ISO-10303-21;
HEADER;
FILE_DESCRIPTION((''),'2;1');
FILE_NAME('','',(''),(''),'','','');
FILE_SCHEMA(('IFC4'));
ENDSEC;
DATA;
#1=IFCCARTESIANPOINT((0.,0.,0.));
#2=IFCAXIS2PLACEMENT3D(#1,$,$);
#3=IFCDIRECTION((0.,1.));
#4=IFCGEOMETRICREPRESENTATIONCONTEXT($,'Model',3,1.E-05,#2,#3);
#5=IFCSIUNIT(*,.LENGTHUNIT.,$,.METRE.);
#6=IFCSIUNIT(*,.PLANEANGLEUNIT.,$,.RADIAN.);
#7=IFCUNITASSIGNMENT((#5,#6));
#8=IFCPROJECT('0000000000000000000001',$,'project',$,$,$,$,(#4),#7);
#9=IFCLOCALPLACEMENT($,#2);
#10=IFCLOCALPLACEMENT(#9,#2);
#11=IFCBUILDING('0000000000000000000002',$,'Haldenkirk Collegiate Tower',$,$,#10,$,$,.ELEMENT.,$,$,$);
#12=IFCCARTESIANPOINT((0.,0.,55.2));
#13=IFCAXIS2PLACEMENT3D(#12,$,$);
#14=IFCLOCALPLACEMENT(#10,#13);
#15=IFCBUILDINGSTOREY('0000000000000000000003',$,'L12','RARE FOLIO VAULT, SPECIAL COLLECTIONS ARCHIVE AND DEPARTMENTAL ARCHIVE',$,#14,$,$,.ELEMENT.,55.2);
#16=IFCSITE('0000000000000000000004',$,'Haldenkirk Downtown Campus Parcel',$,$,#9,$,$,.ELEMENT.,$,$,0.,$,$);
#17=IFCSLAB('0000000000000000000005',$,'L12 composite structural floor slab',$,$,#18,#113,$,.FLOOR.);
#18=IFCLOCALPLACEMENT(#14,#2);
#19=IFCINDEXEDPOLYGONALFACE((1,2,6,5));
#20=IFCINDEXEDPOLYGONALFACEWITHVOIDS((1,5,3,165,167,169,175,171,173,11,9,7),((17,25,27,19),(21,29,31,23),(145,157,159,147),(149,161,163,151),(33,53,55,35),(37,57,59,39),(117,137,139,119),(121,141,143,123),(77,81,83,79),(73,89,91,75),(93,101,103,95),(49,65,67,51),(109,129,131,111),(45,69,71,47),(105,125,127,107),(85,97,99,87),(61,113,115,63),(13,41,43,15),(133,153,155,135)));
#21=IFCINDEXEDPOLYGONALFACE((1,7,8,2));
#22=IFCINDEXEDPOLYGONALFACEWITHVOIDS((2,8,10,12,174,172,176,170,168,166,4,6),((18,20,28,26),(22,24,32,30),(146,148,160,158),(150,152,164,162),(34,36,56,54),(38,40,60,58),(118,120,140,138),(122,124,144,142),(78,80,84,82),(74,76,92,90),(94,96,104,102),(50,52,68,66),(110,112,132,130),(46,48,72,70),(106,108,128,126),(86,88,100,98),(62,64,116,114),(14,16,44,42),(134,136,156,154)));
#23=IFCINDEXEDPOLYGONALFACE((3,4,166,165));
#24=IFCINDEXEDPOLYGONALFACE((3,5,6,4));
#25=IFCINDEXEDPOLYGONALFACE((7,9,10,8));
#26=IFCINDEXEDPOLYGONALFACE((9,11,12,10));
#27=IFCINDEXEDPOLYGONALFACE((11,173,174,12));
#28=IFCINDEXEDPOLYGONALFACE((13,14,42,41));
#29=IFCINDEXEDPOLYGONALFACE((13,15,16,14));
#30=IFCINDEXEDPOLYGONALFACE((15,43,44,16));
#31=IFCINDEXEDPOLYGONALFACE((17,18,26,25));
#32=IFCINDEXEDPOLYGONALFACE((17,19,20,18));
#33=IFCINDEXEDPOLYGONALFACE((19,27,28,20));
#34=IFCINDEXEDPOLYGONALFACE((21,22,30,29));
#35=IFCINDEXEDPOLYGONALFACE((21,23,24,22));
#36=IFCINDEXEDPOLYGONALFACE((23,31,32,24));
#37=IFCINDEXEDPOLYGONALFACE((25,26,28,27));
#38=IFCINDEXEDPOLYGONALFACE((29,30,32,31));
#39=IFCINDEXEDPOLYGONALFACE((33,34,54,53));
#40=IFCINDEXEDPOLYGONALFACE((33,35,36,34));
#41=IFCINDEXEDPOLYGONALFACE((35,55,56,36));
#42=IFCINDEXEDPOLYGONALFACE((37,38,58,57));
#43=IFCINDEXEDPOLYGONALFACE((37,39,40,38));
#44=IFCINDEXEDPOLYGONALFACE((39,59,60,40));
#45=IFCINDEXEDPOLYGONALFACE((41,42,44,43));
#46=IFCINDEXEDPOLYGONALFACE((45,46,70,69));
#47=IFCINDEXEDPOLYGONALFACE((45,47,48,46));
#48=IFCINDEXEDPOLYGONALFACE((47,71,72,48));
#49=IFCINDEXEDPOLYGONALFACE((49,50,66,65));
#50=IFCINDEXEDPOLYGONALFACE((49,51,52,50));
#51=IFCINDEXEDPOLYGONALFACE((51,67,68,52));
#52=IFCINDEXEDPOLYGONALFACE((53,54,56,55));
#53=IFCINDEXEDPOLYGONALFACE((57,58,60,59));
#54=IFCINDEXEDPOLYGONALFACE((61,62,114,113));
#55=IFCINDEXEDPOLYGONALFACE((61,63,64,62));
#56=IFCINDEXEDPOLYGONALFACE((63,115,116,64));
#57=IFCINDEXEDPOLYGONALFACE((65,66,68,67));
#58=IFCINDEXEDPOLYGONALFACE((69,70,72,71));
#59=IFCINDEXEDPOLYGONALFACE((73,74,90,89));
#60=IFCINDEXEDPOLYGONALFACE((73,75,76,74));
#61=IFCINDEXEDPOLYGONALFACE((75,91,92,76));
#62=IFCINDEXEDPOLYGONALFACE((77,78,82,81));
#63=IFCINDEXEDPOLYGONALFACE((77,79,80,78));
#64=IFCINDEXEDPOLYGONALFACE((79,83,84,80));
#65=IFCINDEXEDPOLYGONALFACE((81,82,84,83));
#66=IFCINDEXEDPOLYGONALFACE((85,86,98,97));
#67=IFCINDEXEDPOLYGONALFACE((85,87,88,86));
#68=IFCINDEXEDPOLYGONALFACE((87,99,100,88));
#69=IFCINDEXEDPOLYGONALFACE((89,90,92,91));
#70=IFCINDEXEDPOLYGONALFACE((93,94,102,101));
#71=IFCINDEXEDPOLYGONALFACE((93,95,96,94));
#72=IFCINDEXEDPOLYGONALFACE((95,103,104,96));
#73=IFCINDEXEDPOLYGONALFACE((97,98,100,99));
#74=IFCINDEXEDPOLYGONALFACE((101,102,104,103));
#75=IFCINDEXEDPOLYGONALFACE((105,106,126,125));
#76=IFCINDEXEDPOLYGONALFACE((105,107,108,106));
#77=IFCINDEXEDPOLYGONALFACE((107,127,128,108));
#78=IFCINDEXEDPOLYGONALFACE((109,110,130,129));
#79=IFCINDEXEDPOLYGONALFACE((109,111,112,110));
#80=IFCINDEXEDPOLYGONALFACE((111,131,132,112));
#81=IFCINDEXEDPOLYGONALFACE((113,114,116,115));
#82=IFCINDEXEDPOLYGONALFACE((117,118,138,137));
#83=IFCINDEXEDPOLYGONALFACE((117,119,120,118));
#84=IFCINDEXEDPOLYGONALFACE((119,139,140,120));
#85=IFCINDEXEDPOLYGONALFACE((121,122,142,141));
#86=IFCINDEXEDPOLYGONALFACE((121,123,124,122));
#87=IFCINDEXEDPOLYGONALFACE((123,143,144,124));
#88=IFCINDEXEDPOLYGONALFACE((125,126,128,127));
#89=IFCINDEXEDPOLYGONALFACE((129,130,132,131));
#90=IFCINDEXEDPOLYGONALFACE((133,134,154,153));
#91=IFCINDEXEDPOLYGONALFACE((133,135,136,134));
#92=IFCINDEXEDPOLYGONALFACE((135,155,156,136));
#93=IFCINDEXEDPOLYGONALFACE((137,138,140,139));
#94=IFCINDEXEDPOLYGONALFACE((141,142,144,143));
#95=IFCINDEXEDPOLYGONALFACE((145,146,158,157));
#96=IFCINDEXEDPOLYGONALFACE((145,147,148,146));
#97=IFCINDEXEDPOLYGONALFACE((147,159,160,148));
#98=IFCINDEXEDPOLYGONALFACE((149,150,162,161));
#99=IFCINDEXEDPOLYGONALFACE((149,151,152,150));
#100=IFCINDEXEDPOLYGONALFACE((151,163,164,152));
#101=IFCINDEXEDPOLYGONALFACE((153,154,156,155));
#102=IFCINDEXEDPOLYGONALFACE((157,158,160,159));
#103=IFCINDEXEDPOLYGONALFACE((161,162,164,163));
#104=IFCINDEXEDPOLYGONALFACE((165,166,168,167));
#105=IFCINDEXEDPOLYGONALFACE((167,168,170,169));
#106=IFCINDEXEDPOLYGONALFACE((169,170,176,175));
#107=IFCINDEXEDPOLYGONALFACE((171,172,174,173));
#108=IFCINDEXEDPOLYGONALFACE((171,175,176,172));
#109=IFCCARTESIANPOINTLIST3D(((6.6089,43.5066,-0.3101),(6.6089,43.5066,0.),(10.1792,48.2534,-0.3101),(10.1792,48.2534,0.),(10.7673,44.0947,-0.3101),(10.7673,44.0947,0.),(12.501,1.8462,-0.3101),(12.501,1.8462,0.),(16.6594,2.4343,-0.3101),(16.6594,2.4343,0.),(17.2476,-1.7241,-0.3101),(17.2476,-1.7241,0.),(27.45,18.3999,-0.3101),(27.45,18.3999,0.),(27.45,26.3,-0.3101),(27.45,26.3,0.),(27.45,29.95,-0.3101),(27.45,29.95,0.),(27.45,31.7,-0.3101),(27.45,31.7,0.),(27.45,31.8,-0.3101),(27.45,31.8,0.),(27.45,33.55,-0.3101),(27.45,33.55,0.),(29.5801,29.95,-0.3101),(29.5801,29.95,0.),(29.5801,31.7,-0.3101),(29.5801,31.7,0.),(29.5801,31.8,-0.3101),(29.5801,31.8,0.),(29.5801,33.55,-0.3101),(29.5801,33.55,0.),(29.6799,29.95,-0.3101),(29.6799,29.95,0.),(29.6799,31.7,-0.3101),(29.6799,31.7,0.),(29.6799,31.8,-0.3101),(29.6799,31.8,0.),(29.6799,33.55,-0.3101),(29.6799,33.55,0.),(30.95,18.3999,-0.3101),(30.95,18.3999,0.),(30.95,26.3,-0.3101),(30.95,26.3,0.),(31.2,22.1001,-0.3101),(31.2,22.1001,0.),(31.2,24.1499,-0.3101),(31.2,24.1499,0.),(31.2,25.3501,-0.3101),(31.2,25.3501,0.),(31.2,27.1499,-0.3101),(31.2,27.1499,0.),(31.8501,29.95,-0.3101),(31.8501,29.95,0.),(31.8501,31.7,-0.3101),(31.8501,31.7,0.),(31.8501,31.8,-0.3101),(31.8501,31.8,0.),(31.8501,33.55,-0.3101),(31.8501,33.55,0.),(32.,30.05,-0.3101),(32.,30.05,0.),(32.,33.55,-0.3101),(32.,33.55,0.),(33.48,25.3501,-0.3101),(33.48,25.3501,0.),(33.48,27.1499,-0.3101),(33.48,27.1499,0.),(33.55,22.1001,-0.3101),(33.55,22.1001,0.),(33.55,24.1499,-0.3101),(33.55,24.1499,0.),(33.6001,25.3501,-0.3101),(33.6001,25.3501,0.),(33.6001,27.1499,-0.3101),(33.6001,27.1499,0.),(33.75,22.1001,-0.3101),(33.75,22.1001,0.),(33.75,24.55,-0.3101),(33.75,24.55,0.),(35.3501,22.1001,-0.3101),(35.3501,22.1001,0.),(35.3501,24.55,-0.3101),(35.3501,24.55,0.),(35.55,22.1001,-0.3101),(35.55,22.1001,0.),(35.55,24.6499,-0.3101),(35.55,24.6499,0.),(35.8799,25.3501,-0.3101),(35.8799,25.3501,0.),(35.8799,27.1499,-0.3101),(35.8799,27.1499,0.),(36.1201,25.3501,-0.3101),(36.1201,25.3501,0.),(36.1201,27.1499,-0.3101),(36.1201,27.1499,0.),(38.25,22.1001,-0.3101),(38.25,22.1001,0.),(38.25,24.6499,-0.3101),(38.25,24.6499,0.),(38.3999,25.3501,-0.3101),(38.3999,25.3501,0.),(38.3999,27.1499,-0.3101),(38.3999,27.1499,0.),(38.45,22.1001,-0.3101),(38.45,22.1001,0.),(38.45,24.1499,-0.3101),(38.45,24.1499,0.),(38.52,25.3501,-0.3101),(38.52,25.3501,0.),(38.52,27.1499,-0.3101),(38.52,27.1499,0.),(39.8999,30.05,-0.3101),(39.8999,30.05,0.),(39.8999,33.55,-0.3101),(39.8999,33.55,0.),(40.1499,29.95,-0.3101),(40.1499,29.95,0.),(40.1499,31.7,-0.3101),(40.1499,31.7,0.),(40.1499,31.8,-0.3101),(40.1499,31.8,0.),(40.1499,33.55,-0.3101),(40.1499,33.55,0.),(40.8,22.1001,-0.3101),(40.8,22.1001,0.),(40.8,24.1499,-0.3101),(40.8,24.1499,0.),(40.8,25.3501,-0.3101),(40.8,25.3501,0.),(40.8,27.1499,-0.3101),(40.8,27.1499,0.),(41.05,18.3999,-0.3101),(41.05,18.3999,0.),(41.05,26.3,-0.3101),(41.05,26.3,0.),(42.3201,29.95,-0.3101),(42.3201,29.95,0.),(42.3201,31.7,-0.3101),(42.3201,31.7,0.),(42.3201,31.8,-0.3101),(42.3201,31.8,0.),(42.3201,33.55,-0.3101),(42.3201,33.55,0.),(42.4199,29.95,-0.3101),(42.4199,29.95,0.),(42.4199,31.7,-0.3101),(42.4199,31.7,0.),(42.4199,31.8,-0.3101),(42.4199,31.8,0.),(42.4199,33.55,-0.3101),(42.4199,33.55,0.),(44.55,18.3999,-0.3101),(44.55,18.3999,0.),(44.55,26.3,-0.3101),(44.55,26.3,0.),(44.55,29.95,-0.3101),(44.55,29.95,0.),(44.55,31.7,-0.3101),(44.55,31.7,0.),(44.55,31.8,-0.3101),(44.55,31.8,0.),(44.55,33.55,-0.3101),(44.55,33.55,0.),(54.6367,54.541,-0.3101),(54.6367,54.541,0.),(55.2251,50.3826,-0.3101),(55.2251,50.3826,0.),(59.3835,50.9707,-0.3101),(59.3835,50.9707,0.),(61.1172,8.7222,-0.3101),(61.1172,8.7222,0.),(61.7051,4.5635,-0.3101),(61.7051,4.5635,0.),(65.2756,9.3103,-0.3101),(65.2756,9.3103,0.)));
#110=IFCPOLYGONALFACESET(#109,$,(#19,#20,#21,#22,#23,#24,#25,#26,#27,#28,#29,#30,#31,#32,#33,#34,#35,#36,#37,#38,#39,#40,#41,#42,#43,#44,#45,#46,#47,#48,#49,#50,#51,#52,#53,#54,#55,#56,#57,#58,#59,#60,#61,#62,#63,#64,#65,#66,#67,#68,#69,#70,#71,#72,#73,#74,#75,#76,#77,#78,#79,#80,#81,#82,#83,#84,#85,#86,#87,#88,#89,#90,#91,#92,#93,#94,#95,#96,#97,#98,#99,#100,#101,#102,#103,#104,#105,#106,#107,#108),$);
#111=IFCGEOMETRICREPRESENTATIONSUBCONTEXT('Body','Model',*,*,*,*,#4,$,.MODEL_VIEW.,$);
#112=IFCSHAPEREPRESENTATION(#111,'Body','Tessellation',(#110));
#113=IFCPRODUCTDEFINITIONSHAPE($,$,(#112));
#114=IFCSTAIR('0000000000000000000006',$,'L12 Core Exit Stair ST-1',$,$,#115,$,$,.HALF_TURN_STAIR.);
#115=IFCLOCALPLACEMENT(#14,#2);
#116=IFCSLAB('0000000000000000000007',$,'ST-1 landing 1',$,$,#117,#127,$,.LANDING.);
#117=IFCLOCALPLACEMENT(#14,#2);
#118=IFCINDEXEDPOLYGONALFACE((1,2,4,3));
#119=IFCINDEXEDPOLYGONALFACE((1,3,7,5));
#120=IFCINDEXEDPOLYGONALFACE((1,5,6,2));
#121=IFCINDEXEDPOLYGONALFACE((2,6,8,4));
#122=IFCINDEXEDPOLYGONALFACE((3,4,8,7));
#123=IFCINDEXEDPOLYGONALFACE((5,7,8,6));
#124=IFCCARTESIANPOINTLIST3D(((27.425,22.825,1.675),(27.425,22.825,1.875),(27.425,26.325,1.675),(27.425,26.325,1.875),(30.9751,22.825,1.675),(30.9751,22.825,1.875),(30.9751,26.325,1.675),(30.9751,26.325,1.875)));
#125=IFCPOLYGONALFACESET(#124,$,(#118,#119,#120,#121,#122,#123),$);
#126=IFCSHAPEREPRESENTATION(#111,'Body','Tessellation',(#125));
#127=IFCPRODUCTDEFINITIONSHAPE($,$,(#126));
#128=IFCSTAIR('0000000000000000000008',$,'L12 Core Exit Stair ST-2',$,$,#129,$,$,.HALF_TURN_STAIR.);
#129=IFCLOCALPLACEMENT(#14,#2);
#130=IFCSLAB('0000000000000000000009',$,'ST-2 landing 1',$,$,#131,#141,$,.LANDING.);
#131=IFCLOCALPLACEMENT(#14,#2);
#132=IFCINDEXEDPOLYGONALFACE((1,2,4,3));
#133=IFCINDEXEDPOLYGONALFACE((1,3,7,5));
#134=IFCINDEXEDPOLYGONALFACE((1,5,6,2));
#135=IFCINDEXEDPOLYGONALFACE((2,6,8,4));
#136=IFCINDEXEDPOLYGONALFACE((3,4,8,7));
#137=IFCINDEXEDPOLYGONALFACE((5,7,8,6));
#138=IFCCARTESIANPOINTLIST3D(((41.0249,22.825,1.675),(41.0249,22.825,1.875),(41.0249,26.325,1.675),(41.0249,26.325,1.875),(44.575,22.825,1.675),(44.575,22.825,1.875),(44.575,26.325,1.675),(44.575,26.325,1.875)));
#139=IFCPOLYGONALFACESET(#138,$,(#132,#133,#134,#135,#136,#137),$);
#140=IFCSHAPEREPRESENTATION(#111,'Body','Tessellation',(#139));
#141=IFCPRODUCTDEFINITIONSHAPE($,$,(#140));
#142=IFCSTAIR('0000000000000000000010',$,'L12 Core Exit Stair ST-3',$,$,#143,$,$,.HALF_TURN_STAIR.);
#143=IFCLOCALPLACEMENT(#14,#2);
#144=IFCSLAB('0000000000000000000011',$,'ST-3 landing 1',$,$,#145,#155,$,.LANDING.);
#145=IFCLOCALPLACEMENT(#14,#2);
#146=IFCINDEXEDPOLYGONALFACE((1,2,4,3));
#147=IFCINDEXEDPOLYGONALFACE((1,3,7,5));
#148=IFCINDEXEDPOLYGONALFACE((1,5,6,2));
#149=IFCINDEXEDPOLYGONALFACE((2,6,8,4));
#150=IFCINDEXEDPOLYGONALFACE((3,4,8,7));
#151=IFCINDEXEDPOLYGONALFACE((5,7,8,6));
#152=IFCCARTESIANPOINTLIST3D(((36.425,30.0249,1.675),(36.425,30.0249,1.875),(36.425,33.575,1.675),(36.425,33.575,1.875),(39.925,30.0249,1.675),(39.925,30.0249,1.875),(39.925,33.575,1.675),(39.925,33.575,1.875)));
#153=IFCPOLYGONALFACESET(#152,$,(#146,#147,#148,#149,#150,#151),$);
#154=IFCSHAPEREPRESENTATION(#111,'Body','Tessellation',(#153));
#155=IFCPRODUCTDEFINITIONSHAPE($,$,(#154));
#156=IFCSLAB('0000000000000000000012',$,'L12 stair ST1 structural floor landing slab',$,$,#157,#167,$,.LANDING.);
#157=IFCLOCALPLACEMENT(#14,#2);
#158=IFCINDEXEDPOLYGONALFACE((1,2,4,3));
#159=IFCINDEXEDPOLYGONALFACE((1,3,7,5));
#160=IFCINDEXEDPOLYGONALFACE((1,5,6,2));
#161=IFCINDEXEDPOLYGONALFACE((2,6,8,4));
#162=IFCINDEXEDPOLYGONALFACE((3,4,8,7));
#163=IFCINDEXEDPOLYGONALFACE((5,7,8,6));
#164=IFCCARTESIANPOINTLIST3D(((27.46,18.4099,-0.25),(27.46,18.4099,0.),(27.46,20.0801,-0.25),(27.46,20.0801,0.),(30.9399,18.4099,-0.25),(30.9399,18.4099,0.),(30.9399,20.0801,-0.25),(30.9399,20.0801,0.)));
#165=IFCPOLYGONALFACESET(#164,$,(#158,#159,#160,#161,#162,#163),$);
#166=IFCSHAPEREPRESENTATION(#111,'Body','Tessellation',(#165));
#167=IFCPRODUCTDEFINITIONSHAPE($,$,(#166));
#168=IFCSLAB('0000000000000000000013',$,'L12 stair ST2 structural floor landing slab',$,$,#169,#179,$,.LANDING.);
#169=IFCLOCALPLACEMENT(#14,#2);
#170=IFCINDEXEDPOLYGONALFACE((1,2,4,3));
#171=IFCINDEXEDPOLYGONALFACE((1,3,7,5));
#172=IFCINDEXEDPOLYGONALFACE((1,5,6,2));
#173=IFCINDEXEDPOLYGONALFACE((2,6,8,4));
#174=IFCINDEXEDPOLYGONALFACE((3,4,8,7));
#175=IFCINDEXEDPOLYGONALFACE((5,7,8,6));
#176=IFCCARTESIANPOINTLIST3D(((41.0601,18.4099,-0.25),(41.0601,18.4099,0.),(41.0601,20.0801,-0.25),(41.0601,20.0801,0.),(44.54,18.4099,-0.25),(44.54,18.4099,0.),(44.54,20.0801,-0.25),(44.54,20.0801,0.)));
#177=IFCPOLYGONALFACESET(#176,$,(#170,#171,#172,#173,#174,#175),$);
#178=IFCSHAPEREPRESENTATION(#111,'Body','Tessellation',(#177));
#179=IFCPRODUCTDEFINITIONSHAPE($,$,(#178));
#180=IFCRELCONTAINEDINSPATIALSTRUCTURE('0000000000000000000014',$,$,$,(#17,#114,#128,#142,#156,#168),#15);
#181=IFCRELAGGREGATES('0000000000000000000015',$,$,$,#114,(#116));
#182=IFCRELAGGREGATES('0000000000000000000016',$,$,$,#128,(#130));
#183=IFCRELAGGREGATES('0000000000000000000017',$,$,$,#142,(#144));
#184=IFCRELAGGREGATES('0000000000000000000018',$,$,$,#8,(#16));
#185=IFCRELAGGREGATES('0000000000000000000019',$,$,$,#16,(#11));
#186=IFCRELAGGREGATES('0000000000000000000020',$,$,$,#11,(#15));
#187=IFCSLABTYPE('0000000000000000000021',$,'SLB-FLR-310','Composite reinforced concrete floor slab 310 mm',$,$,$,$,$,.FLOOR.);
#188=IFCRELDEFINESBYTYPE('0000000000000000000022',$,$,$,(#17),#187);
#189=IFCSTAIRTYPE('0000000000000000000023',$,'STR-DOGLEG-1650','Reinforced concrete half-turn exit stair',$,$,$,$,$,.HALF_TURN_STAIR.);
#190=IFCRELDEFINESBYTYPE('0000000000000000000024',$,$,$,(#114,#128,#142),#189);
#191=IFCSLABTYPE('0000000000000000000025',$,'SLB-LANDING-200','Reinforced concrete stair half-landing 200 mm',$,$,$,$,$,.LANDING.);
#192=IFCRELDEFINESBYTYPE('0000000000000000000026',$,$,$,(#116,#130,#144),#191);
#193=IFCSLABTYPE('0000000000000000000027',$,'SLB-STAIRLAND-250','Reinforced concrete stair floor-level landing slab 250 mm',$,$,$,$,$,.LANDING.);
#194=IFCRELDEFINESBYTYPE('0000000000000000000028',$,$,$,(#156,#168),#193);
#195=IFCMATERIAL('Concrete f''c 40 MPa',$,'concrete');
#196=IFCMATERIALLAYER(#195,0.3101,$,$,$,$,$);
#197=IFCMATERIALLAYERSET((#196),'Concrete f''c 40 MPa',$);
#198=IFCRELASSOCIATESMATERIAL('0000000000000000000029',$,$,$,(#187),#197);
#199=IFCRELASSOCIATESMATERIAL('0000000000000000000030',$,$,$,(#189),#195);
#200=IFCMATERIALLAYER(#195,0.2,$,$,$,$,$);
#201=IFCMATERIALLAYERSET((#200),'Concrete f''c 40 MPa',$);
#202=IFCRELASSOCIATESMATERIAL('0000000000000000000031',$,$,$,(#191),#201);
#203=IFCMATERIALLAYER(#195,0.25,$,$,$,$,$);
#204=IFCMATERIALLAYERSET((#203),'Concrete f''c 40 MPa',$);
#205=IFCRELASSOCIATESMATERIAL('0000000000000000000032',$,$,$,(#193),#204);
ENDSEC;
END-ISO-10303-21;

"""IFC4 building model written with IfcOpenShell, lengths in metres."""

from ifc_helpers import new_model, si_unit, direction, frame, origin, place, context, subcontext, project, spatial, polyline, outline, extrude, material, layer, layer_set, type_object, element, aggregate, save


model = new_model("IFC4")

# Units and contexts
model_context = context("Model", 3, precision=1e-05, world=origin(), true_north=direction((0.0, 1.0)))
body_context = subcontext(model_context, "Body", "Model", "MODEL_VIEW")
ifc_project = project(units=[si_unit("LENGTHUNIT", "METRE"), si_unit("PLANEANGLEUNIT", "RADIAN")], contexts=[model_context])

# Site, building, storey
site_placement = place(None, origin())
site = spatial("IfcSite", under=ifc_project, at=site_placement, Name="Haldenkirk Downtown Campus Parcel", CompositionType="ELEMENT", RefElevation=0.0)
building_placement = place(site_placement, origin())
building = spatial("IfcBuilding", under=site, at=building_placement, Name="Haldenkirk Collegiate Tower", CompositionType="ELEMENT")
storey_placement = place(building_placement, frame((0.0, 0.0, 55.2)))
storey = spatial("IfcBuildingStorey", under=building, at=storey_placement, Name="L12", Description="RARE FOLIO VAULT, SPECIAL COLLECTIONS ARCHIVE AND DEPARTMENTAL ARCHIVE", CompositionType="ELEMENT", Elevation=55.2)

# Slab
ifc_material_1 = material(Name="Concrete f'c 40 MPa", Category="concrete")
ifc_layer_1 = layer(ifc_material_1, 0.3101)
ifc_layer_set_1 = layer_set([ifc_layer_1], Name="Concrete f'c 40 MPa")
slab_type_1 = type_object("IfcSlabType", Name="SLB-FLR-310", Description="Composite reinforced concrete floor slab 310 mm", PredefinedType="FLOOR", material=ifc_layer_set_1)
slab_1_placement = place(storey_placement, frame((0.0, 0.0, -0.3101)))
element("IfcSlab", 1, at=slab_1_placement, inside=storey, type_object=slab_type_1, Name="L12 composite structural floor slab", PredefinedType="FLOOR", context=body_context, shape_type="SweptSolid", body=[
    extrude(outline(polyline([(17.2476, -1.7241), (61.7051, 4.5635), (61.1172, 8.7222), (65.2756, 9.3103), (59.3835, 50.9707), (55.2251, 50.3826), (54.6367, 54.541), (10.1792, 48.2534), (10.7673, 44.0947), (6.6089, 43.5066), (12.501, 1.8462), (16.6594, 2.4343), (17.2476, -1.7241)]), holes=[polyline([(27.45, 18.3999), (30.95, 18.3999), (30.95, 26.3), (27.45, 26.3), (27.45, 18.3999)]), polyline([(41.05, 18.3999), (44.55, 18.3999), (44.55, 26.3), (41.05, 26.3), (41.05, 18.3999)]), polyline([(32.0, 30.05), (39.8999, 30.05), (39.8999, 33.55), (32.0, 33.55), (32.0, 30.05)]), polyline([(33.75, 22.1001), (35.3501, 22.1001), (35.3501, 24.55), (33.75, 24.55), (33.75, 22.1001)]), polyline([(27.45, 29.95), (29.5801, 29.95), (29.5801, 31.7), (27.45, 31.7), (27.45, 29.95)]), polyline([(29.6799, 29.95), (31.8501, 29.95), (31.8501, 31.7), (29.6799, 31.7), (29.6799, 29.95)]), polyline([(27.45, 31.8), (29.5801, 31.8), (29.5801, 33.55), (27.45, 33.55), (27.45, 31.8)]), polyline([(29.6799, 31.8), (31.8501, 31.8), (31.8501, 33.55), (29.6799, 33.55), (29.6799, 31.8)]), polyline([(40.1499, 29.95), (42.3201, 29.95), (42.3201, 31.7), (40.1499, 31.7), (40.1499, 29.95)]), polyline([(42.4199, 29.95), (44.55, 29.95), (44.55, 31.7), (42.4199, 31.7), (42.4199, 29.95)]), polyline([(40.1499, 31.8), (42.3201, 31.8), (42.3201, 33.55), (40.1499, 33.55), (40.1499, 31.8)]), polyline([(42.4199, 31.8), (44.55, 31.8), (44.55, 33.55), (42.4199, 33.55), (42.4199, 31.8)]), polyline([(31.2, 25.3501), (33.48, 25.3501), (33.48, 27.1499), (31.2, 27.1499), (31.2, 25.3501)]), polyline([(33.6001, 25.3501), (35.8799, 25.3501), (35.8799, 27.1499), (33.6001, 27.1499), (33.6001, 25.3501)]), polyline([(36.1201, 25.3501), (38.3999, 25.3501), (38.3999, 27.1499), (36.1201, 27.1499), (36.1201, 25.3501)]), polyline([(38.52, 25.3501), (40.8, 25.3501), (40.8, 27.1499), (38.52, 27.1499), (38.52, 25.3501)]), polyline([(31.2, 22.1001), (33.55, 22.1001), (33.55, 24.1499), (31.2, 24.1499), (31.2, 22.1001)]), polyline([(38.45, 22.1001), (40.8, 22.1001), (40.8, 24.1499), (38.45, 24.1499), (38.45, 22.1001)]), polyline([(35.55, 22.1001), (38.25, 22.1001), (38.25, 24.6499), (35.55, 24.6499), (35.55, 22.1001)])]), origin(), (0.0, 0.0, 1.0), 0.3101),
])

# Stairs, slabs
stair_type = type_object("IfcStairType", Name="STR-DOGLEG-1650", Description="Reinforced concrete half-turn exit stair", PredefinedType="HALF_TURN_STAIR", material=ifc_material_1)
stair_1_placement = place(storey_placement, origin())
stair_1 = element("IfcStair", 2, at=stair_1_placement, inside=storey, type_object=stair_type, Name="L12 Core Exit Stair ST-1", PredefinedType="HALF_TURN_STAIR")
ifc_layer_2 = layer(ifc_material_1, 0.2)
ifc_layer_set_2 = layer_set([ifc_layer_2], Name="Concrete f'c 40 MPa")
slab_type_2 = type_object("IfcSlabType", Name="SLB-LANDING-200", Description="Reinforced concrete stair half-landing 200 mm", PredefinedType="LANDING", material=ifc_layer_set_2)
slab_2_placement = place(storey_placement, frame((0.0, 0.0, 1.675)))
slab_2 = element("IfcSlab", 3, at=slab_2_placement, type_object=slab_type_2, Name="ST-1 landing 1", PredefinedType="LANDING", context=body_context, shape_type="SweptSolid", body=[
    extrude(outline(polyline([(30.9751, 22.825), (27.425, 22.825), (27.425, 26.325), (30.9751, 26.325), (30.9751, 22.825)])), origin(), (0.0, 0.0, 1.0), 0.2),
])
aggregate(stair_1, [slab_2])
stair_2_placement = place(storey_placement, origin())
stair_2 = element("IfcStair", 4, at=stair_2_placement, inside=storey, type_object=stair_type, Name="L12 Core Exit Stair ST-2", PredefinedType="HALF_TURN_STAIR")
slab_3_placement = place(storey_placement, frame((0.0, 0.0, 1.675)))
slab_3 = element("IfcSlab", 5, at=slab_3_placement, type_object=slab_type_2, Name="ST-2 landing 1", PredefinedType="LANDING", context=body_context, shape_type="SweptSolid", body=[
    extrude(outline(polyline([(44.575, 22.825), (41.0249, 22.825), (41.0249, 26.325), (44.575, 26.325), (44.575, 22.825)])), origin(), (0.0, 0.0, 1.0), 0.2),
])
aggregate(stair_2, [slab_3])
stair_3_placement = place(storey_placement, origin())
stair_3 = element("IfcStair", 6, at=stair_3_placement, inside=storey, type_object=stair_type, Name="L12 Core Exit Stair ST-3", PredefinedType="HALF_TURN_STAIR")
slab_4_placement = place(storey_placement, frame((0.0, 0.0, 1.675)))
slab_4 = element("IfcSlab", 7, at=slab_4_placement, type_object=slab_type_2, Name="ST-3 landing 1", PredefinedType="LANDING", context=body_context, shape_type="SweptSolid", body=[
    extrude(outline(polyline([(36.425, 30.0249), (36.425, 33.575), (39.925, 33.575), (39.925, 30.0249), (36.425, 30.0249)])), origin(), (0.0, 0.0, 1.0), 0.2),
])
aggregate(stair_3, [slab_4])

# Slabs
ifc_layer_3 = layer(ifc_material_1, 0.25)
ifc_layer_set_3 = layer_set([ifc_layer_3], Name="Concrete f'c 40 MPa")
slab_type_3 = type_object("IfcSlabType", Name="SLB-STAIRLAND-250", Description="Reinforced concrete stair floor-level landing slab 250 mm", PredefinedType="LANDING", material=ifc_layer_set_3)
slab_5_placement = place(storey_placement, frame((0.0, 0.0, -0.25)))
element("IfcSlab", 8, at=slab_5_placement, inside=storey, type_object=slab_type_3, Name="L12 stair ST1 structural floor landing slab", PredefinedType="LANDING", context=body_context, shape_type="SweptSolid", body=[
    extrude(outline(polyline([(27.46, 18.4099), (30.9399, 18.4099), (30.9399, 20.0801), (27.46, 20.0801), (27.46, 18.4099)])), origin(), (0.0, 0.0, 1.0), 0.25),
])
slab_6_placement = place(storey_placement, frame((0.0, 0.0, -0.25)))
element("IfcSlab", 9, at=slab_6_placement, inside=storey, type_object=slab_type_3, Name="L12 stair ST2 structural floor landing slab", PredefinedType="LANDING", context=body_context, shape_type="SweptSolid", body=[
    extrude(outline(polyline([(41.0601, 18.4099), (44.54, 18.4099), (44.54, 20.0801), (41.0601, 20.0801), (41.0601, 18.4099)])), origin(), (0.0, 0.0, 1.0), 0.25),
])

save(model, "model.ifc")
